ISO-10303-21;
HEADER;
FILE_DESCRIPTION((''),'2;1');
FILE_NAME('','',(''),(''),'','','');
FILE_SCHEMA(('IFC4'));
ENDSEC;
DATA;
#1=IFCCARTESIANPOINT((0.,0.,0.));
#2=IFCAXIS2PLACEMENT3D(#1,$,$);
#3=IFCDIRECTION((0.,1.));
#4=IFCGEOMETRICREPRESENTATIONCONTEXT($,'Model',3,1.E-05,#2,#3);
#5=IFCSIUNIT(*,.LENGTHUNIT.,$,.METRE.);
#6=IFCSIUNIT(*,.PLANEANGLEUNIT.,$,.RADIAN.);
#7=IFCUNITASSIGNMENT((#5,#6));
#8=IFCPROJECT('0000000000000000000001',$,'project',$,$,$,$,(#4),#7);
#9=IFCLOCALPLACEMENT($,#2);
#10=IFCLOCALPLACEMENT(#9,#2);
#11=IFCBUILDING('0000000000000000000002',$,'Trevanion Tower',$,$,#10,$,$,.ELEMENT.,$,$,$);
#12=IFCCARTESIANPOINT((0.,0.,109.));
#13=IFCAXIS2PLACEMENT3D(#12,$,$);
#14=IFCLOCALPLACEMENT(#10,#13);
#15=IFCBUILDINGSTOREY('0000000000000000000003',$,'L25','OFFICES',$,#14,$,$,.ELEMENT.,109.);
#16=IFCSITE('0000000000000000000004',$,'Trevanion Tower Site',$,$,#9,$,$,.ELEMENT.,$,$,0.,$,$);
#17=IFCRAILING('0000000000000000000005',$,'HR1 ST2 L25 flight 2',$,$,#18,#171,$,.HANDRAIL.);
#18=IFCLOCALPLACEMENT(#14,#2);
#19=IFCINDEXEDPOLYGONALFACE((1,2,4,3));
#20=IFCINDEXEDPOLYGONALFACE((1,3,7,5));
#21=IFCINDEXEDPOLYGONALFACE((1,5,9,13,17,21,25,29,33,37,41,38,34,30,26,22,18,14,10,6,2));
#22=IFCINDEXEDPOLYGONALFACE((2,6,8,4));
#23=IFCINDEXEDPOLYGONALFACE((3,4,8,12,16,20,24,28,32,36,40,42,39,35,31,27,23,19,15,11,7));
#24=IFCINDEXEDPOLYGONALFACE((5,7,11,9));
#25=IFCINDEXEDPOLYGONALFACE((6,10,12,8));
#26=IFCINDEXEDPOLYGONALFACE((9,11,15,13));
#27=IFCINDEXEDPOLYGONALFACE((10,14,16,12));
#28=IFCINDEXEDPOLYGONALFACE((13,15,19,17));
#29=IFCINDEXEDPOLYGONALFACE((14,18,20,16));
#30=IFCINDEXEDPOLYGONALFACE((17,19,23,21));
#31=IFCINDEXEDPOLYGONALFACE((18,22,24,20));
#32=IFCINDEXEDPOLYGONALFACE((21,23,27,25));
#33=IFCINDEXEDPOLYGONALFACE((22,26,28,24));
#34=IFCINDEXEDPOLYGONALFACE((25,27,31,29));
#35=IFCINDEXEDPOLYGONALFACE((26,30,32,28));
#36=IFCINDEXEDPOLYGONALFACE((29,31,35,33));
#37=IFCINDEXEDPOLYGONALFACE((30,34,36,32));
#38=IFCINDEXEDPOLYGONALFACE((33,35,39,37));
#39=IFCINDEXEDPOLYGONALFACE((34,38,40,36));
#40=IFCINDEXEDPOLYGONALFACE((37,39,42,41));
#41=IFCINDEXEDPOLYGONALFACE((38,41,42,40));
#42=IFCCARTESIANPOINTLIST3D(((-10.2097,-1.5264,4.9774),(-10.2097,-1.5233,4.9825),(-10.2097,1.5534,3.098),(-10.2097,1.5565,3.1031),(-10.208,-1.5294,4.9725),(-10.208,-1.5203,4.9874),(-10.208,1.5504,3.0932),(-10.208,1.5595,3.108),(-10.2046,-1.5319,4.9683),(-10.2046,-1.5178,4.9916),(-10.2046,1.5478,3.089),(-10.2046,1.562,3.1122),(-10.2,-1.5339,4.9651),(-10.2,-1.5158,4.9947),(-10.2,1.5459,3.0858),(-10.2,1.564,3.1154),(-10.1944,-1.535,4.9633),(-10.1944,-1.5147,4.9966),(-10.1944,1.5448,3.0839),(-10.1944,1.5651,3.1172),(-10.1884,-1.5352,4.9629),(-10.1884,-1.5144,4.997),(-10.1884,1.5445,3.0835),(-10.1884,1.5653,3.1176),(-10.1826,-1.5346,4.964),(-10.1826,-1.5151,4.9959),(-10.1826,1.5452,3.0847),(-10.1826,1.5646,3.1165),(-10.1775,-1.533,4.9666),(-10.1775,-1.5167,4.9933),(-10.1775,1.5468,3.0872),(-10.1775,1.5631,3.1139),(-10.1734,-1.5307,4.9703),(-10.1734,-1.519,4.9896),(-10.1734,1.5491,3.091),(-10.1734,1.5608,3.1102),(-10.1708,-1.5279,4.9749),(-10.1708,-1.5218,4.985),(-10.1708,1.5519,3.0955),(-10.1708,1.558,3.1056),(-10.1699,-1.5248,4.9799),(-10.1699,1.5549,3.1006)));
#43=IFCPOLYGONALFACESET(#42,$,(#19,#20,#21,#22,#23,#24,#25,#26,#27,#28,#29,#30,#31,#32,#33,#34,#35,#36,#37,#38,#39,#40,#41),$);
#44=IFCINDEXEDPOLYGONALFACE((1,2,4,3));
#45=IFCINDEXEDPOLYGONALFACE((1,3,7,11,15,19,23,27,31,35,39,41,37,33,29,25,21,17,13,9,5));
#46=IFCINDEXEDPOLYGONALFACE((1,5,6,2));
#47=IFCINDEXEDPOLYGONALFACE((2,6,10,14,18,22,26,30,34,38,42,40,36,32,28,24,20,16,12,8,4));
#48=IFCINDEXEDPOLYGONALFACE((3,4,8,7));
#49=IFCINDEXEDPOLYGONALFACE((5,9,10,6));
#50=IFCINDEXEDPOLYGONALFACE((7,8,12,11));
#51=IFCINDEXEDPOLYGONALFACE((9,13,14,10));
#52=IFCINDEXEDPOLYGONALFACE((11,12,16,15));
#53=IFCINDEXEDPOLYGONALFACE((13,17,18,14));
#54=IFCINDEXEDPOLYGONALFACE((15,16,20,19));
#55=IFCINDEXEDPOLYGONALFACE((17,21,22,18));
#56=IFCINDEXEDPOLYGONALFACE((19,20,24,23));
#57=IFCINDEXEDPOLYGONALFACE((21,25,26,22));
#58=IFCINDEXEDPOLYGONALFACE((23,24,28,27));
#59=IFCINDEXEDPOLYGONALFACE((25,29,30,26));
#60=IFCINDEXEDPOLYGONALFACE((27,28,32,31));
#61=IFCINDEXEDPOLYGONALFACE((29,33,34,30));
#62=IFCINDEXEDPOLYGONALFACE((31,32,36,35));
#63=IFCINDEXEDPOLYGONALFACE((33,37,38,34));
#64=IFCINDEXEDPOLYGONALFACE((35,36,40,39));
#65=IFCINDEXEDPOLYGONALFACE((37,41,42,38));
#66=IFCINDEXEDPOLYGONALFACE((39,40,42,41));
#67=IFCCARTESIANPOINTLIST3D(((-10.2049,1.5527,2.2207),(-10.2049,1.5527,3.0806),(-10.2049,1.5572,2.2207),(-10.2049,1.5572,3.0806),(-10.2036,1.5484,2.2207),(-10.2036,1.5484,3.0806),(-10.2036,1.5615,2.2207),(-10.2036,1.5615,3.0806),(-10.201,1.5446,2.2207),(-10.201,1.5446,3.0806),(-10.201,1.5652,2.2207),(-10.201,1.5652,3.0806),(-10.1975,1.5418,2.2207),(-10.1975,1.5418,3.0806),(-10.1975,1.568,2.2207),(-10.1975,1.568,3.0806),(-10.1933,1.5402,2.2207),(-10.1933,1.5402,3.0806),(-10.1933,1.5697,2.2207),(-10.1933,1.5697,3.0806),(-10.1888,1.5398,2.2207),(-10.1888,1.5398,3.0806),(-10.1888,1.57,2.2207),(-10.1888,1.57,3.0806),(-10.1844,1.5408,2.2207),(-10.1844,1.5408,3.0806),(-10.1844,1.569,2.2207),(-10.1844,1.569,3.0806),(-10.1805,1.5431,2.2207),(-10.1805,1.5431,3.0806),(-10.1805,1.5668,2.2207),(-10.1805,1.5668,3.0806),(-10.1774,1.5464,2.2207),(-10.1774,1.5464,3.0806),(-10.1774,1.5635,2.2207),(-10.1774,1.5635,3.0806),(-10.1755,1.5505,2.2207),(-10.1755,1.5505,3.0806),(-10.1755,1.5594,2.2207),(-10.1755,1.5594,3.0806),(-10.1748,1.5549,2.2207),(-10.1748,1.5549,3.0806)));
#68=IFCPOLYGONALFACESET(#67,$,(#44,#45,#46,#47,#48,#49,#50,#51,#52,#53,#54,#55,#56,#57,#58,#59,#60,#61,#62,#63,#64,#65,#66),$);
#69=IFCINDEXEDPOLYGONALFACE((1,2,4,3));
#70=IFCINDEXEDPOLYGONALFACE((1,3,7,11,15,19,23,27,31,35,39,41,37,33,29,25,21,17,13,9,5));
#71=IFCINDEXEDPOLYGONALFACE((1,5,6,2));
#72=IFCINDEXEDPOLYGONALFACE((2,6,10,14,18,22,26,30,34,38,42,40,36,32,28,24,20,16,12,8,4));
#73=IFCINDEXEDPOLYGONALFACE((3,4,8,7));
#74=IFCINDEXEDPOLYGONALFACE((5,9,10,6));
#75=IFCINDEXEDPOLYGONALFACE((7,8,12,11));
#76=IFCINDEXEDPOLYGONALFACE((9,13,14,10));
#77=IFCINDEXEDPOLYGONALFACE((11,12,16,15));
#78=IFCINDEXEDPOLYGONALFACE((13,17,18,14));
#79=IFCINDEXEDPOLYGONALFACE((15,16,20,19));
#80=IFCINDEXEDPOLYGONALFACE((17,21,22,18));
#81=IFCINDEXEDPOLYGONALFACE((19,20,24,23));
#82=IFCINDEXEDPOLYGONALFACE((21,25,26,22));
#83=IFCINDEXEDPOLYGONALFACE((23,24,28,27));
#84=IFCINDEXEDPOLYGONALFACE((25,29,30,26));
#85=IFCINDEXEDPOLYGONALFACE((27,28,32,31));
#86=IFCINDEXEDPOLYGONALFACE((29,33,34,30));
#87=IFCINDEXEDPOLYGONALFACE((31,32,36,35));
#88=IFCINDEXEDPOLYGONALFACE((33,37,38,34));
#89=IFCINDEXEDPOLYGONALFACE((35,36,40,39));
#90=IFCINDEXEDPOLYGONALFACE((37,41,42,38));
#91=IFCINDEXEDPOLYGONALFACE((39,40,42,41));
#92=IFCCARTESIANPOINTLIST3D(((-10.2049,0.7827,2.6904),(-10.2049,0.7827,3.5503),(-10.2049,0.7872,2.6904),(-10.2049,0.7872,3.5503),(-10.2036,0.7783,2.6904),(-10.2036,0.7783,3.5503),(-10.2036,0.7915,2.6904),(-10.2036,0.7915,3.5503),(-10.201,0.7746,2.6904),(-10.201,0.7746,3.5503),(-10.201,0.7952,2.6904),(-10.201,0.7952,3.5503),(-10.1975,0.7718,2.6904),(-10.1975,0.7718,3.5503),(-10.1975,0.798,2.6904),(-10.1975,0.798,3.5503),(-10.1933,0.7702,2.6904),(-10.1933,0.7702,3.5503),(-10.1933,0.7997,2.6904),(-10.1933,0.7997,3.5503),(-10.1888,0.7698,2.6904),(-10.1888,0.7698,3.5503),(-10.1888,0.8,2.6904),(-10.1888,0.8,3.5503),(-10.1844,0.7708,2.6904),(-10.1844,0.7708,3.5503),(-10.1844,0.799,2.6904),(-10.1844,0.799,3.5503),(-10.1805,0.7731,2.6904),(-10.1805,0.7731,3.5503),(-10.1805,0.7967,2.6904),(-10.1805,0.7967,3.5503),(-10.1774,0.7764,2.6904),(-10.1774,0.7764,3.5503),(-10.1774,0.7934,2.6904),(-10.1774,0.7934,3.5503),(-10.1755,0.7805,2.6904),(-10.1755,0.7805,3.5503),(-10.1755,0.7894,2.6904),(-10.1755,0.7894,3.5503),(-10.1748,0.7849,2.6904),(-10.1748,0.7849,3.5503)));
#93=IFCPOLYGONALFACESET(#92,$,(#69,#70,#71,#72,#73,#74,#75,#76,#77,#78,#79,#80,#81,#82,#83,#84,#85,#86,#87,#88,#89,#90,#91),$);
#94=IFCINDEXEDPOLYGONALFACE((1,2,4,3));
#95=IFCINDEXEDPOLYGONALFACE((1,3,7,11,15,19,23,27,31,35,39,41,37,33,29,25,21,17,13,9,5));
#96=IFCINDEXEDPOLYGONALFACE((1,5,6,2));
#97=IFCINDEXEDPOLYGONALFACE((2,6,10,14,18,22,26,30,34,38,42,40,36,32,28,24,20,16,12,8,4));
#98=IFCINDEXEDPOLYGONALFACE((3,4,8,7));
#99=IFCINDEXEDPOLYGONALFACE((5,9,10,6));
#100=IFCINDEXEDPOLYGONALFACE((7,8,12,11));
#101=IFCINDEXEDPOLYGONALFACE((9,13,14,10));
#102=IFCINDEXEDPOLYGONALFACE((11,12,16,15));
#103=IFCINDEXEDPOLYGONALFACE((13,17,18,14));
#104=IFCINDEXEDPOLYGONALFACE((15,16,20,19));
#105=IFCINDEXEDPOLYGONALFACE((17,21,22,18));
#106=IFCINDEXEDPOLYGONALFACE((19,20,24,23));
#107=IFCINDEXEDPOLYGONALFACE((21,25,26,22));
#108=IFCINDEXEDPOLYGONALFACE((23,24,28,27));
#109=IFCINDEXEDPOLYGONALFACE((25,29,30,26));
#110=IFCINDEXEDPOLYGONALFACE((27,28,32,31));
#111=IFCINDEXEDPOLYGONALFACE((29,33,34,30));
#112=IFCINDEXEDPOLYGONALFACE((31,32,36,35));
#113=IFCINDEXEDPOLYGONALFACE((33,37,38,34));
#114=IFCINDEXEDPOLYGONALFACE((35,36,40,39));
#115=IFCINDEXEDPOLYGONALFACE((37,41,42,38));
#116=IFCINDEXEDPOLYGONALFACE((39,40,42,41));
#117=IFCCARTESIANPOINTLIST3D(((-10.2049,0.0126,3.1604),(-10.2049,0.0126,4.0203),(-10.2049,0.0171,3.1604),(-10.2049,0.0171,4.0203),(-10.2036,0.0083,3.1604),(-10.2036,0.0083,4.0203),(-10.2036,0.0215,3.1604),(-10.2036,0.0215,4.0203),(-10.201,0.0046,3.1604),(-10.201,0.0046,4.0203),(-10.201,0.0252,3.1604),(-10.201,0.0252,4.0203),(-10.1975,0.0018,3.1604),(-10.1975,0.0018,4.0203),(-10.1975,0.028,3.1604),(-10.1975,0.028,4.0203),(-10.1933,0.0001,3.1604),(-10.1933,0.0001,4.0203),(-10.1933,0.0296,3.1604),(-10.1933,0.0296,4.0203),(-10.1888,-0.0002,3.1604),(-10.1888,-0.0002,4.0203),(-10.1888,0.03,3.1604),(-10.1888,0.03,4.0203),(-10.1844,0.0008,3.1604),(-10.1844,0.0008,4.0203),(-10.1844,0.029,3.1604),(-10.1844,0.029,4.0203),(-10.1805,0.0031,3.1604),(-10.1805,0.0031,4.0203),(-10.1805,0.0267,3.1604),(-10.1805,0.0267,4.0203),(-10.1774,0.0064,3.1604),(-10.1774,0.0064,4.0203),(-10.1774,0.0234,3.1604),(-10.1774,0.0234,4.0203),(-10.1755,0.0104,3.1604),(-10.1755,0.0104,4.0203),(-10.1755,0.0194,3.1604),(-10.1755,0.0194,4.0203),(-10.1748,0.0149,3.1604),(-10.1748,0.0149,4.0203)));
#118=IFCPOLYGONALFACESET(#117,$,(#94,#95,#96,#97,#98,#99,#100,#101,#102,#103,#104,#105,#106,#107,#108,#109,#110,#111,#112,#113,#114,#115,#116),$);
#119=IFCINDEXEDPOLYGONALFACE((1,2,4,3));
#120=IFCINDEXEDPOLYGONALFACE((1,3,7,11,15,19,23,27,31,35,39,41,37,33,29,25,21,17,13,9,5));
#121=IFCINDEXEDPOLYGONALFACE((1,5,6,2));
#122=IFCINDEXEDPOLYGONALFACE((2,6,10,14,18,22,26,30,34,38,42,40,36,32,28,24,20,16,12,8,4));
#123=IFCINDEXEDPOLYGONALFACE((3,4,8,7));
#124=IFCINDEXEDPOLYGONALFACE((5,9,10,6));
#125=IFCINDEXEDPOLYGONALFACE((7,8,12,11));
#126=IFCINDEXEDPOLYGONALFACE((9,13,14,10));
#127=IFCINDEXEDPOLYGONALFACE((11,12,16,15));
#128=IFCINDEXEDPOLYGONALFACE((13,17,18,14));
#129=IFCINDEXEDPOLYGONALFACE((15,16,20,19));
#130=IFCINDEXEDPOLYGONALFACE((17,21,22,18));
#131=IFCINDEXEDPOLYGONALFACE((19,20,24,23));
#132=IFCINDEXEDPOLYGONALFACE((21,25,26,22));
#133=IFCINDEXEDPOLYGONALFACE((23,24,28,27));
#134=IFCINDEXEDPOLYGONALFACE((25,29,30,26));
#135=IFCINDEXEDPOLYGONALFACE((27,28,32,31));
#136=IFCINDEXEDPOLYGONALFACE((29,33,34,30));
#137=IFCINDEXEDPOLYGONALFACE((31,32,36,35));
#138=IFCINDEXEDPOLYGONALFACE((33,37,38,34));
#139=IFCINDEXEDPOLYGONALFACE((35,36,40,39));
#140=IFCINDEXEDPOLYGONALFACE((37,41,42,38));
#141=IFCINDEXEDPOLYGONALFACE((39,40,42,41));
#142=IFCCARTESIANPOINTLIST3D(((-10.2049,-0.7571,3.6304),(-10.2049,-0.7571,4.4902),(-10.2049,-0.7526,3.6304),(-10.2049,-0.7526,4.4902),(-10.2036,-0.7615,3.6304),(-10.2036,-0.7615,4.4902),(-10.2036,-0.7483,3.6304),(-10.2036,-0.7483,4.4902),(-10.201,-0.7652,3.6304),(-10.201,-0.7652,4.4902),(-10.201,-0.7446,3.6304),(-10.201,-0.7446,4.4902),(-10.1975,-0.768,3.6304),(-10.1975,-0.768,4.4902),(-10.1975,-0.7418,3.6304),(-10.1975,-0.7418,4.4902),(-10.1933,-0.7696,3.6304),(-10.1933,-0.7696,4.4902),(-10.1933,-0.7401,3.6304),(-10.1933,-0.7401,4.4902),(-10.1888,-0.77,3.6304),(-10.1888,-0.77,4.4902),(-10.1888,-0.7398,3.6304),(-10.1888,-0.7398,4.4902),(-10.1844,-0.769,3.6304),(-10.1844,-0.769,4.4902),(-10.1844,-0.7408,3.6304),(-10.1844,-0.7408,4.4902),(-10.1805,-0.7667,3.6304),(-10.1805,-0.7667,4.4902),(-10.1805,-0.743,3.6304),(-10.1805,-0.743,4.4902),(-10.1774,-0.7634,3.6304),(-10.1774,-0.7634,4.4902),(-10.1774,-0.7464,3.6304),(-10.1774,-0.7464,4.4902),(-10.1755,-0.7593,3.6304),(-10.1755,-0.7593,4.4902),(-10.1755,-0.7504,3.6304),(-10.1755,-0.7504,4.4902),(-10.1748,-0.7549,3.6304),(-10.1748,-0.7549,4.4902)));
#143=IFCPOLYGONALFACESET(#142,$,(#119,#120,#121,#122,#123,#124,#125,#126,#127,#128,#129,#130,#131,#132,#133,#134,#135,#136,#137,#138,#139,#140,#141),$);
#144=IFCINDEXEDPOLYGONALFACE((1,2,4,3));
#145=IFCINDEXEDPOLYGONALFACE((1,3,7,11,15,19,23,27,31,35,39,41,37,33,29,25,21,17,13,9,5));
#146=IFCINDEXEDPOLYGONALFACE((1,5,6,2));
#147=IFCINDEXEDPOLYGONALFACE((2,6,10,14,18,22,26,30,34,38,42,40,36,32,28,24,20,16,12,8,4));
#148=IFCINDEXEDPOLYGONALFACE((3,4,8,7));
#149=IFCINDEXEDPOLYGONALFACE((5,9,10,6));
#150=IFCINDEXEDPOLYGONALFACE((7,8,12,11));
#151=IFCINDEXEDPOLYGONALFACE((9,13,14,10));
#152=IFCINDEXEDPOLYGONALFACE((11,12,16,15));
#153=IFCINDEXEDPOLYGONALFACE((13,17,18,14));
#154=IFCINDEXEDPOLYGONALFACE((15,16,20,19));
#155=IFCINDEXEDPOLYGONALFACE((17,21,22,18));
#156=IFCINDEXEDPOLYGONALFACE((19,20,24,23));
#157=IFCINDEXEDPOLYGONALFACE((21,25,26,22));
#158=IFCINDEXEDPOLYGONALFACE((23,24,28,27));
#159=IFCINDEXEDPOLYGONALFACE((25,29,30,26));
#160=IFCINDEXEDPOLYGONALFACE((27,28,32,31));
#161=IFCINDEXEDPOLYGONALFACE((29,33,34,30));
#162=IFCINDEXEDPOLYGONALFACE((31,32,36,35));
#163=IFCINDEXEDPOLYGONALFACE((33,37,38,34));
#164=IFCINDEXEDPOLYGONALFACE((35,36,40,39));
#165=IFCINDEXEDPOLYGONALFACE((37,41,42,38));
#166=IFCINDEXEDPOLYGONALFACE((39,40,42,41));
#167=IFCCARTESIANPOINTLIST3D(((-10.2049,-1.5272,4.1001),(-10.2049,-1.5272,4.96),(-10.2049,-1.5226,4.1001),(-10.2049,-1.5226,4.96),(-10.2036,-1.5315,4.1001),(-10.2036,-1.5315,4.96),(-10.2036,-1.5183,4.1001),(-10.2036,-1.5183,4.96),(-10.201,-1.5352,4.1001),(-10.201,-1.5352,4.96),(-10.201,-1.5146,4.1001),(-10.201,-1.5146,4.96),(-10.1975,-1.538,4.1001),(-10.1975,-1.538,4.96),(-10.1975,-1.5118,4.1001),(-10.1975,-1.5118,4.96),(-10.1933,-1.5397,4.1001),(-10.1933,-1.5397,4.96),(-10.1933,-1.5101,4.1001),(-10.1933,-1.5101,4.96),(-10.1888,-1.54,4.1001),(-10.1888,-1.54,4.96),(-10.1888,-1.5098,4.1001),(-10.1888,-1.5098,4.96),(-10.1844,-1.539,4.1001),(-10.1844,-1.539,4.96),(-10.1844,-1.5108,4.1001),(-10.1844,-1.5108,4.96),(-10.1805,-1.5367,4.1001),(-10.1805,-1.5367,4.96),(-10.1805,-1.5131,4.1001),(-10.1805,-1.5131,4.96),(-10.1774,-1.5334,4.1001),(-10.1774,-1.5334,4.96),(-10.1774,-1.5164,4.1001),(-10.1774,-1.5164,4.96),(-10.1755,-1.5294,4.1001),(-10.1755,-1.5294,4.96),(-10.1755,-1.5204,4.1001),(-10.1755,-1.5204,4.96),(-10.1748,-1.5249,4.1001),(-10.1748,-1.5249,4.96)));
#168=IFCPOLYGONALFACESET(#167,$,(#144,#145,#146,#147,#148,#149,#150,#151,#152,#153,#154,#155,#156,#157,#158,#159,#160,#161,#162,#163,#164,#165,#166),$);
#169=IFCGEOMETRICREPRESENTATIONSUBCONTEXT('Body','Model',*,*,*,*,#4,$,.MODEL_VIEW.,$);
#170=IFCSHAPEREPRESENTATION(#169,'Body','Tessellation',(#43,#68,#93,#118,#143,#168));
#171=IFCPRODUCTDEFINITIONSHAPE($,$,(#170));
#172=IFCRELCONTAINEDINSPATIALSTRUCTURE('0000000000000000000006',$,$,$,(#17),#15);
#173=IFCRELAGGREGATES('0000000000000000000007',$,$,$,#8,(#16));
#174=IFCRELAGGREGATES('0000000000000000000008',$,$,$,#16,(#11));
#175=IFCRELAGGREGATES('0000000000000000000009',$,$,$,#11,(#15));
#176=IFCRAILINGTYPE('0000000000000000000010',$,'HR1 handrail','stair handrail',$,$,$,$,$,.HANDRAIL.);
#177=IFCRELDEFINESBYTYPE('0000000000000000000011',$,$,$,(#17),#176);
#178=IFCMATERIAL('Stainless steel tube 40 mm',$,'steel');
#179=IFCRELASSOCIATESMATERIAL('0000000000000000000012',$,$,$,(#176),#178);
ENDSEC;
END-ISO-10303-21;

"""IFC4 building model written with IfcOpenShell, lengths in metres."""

from ifc_helpers import new_model, si_unit, direction, frame, origin, origin_2d, place, context, subcontext, project, spatial, circle, extrude, material, type_object, element, save


model = new_model("IFC4")

# Units and contexts
model_context = context("Model", 3, precision=1e-05, world=origin(), true_north=direction((0.0, 1.0)))
body_context = subcontext(model_context, "Body", "Model", "MODEL_VIEW")
ifc_project = project(units=[si_unit("LENGTHUNIT", "METRE"), si_unit("PLANEANGLEUNIT", "RADIAN")], contexts=[model_context])

# Site, building, storey
site_placement = place(None, origin())
site = spatial("IfcSite", under=ifc_project, at=site_placement, Name="Trevanion Tower Site", CompositionType="ELEMENT", RefElevation=0.0)
building_placement = place(site_placement, origin())
building = spatial("IfcBuilding", under=site, at=building_placement, Name="Trevanion Tower", CompositionType="ELEMENT")
storey_placement = place(building_placement, frame((0.0, 0.0, 109.0)))
storey = spatial("IfcBuildingStorey", under=building, at=storey_placement, Name="L25", Description="OFFICES", CompositionType="ELEMENT", Elevation=109.0)

# Railing
ifc_material_1 = material(Name="Stainless steel tube 40 mm", Category="steel")
railing_type = type_object("IfcRailingType", Name="HR1 handrail", Description="stair handrail", PredefinedType="HANDRAIL", material=ifc_material_1)
for number, where, name in (
    (1, (-10.1899, 1.5549, 2.2207), "HR1 ST2 L25 flight 2"),
):
    element("IfcRailing", number, at=place(storey_placement, frame(where)), inside=storey, type_object=railing_type, Name=name, PredefinedType="HANDRAIL", context=body_context, shape_type="SweptSolid", body=[
        extrude(circle(Radius=0.02, at=origin_2d()), frame((0.0, 0.0, 0.8799), z_axis=(0.0, -0.853618, 0.5209), x_axis=(1.0, 0.0, 0.0)), (0.0, 0.0, 1.0), 3.6079),
        extrude(circle(Radius=0.0151, at=origin_2d()), origin(), (0.0, 0.0, 1.0), 0.8599),
        extrude(circle(Radius=0.0151, at=origin_2d()), frame((0.0, -0.77, 0.4697)), (0.0, 0.0, 1.0), 0.8599),
        extrude(circle(Radius=0.0151, at=origin_2d()), frame((0.0, -1.54, 0.9397)), (0.0, 0.0, 1.0), 0.8599),
        extrude(circle(Radius=0.0151, at=origin_2d()), frame((0.0, -2.3098, 1.4097)), (0.0, 0.0, 1.0), 0.8599),
        extrude(circle(Radius=0.0151, at=origin_2d()), frame((0.0, -3.0798, 1.8794)), (0.0, 0.0, 1.0), 0.8599),
    ])

save(model, "model.ifc")
